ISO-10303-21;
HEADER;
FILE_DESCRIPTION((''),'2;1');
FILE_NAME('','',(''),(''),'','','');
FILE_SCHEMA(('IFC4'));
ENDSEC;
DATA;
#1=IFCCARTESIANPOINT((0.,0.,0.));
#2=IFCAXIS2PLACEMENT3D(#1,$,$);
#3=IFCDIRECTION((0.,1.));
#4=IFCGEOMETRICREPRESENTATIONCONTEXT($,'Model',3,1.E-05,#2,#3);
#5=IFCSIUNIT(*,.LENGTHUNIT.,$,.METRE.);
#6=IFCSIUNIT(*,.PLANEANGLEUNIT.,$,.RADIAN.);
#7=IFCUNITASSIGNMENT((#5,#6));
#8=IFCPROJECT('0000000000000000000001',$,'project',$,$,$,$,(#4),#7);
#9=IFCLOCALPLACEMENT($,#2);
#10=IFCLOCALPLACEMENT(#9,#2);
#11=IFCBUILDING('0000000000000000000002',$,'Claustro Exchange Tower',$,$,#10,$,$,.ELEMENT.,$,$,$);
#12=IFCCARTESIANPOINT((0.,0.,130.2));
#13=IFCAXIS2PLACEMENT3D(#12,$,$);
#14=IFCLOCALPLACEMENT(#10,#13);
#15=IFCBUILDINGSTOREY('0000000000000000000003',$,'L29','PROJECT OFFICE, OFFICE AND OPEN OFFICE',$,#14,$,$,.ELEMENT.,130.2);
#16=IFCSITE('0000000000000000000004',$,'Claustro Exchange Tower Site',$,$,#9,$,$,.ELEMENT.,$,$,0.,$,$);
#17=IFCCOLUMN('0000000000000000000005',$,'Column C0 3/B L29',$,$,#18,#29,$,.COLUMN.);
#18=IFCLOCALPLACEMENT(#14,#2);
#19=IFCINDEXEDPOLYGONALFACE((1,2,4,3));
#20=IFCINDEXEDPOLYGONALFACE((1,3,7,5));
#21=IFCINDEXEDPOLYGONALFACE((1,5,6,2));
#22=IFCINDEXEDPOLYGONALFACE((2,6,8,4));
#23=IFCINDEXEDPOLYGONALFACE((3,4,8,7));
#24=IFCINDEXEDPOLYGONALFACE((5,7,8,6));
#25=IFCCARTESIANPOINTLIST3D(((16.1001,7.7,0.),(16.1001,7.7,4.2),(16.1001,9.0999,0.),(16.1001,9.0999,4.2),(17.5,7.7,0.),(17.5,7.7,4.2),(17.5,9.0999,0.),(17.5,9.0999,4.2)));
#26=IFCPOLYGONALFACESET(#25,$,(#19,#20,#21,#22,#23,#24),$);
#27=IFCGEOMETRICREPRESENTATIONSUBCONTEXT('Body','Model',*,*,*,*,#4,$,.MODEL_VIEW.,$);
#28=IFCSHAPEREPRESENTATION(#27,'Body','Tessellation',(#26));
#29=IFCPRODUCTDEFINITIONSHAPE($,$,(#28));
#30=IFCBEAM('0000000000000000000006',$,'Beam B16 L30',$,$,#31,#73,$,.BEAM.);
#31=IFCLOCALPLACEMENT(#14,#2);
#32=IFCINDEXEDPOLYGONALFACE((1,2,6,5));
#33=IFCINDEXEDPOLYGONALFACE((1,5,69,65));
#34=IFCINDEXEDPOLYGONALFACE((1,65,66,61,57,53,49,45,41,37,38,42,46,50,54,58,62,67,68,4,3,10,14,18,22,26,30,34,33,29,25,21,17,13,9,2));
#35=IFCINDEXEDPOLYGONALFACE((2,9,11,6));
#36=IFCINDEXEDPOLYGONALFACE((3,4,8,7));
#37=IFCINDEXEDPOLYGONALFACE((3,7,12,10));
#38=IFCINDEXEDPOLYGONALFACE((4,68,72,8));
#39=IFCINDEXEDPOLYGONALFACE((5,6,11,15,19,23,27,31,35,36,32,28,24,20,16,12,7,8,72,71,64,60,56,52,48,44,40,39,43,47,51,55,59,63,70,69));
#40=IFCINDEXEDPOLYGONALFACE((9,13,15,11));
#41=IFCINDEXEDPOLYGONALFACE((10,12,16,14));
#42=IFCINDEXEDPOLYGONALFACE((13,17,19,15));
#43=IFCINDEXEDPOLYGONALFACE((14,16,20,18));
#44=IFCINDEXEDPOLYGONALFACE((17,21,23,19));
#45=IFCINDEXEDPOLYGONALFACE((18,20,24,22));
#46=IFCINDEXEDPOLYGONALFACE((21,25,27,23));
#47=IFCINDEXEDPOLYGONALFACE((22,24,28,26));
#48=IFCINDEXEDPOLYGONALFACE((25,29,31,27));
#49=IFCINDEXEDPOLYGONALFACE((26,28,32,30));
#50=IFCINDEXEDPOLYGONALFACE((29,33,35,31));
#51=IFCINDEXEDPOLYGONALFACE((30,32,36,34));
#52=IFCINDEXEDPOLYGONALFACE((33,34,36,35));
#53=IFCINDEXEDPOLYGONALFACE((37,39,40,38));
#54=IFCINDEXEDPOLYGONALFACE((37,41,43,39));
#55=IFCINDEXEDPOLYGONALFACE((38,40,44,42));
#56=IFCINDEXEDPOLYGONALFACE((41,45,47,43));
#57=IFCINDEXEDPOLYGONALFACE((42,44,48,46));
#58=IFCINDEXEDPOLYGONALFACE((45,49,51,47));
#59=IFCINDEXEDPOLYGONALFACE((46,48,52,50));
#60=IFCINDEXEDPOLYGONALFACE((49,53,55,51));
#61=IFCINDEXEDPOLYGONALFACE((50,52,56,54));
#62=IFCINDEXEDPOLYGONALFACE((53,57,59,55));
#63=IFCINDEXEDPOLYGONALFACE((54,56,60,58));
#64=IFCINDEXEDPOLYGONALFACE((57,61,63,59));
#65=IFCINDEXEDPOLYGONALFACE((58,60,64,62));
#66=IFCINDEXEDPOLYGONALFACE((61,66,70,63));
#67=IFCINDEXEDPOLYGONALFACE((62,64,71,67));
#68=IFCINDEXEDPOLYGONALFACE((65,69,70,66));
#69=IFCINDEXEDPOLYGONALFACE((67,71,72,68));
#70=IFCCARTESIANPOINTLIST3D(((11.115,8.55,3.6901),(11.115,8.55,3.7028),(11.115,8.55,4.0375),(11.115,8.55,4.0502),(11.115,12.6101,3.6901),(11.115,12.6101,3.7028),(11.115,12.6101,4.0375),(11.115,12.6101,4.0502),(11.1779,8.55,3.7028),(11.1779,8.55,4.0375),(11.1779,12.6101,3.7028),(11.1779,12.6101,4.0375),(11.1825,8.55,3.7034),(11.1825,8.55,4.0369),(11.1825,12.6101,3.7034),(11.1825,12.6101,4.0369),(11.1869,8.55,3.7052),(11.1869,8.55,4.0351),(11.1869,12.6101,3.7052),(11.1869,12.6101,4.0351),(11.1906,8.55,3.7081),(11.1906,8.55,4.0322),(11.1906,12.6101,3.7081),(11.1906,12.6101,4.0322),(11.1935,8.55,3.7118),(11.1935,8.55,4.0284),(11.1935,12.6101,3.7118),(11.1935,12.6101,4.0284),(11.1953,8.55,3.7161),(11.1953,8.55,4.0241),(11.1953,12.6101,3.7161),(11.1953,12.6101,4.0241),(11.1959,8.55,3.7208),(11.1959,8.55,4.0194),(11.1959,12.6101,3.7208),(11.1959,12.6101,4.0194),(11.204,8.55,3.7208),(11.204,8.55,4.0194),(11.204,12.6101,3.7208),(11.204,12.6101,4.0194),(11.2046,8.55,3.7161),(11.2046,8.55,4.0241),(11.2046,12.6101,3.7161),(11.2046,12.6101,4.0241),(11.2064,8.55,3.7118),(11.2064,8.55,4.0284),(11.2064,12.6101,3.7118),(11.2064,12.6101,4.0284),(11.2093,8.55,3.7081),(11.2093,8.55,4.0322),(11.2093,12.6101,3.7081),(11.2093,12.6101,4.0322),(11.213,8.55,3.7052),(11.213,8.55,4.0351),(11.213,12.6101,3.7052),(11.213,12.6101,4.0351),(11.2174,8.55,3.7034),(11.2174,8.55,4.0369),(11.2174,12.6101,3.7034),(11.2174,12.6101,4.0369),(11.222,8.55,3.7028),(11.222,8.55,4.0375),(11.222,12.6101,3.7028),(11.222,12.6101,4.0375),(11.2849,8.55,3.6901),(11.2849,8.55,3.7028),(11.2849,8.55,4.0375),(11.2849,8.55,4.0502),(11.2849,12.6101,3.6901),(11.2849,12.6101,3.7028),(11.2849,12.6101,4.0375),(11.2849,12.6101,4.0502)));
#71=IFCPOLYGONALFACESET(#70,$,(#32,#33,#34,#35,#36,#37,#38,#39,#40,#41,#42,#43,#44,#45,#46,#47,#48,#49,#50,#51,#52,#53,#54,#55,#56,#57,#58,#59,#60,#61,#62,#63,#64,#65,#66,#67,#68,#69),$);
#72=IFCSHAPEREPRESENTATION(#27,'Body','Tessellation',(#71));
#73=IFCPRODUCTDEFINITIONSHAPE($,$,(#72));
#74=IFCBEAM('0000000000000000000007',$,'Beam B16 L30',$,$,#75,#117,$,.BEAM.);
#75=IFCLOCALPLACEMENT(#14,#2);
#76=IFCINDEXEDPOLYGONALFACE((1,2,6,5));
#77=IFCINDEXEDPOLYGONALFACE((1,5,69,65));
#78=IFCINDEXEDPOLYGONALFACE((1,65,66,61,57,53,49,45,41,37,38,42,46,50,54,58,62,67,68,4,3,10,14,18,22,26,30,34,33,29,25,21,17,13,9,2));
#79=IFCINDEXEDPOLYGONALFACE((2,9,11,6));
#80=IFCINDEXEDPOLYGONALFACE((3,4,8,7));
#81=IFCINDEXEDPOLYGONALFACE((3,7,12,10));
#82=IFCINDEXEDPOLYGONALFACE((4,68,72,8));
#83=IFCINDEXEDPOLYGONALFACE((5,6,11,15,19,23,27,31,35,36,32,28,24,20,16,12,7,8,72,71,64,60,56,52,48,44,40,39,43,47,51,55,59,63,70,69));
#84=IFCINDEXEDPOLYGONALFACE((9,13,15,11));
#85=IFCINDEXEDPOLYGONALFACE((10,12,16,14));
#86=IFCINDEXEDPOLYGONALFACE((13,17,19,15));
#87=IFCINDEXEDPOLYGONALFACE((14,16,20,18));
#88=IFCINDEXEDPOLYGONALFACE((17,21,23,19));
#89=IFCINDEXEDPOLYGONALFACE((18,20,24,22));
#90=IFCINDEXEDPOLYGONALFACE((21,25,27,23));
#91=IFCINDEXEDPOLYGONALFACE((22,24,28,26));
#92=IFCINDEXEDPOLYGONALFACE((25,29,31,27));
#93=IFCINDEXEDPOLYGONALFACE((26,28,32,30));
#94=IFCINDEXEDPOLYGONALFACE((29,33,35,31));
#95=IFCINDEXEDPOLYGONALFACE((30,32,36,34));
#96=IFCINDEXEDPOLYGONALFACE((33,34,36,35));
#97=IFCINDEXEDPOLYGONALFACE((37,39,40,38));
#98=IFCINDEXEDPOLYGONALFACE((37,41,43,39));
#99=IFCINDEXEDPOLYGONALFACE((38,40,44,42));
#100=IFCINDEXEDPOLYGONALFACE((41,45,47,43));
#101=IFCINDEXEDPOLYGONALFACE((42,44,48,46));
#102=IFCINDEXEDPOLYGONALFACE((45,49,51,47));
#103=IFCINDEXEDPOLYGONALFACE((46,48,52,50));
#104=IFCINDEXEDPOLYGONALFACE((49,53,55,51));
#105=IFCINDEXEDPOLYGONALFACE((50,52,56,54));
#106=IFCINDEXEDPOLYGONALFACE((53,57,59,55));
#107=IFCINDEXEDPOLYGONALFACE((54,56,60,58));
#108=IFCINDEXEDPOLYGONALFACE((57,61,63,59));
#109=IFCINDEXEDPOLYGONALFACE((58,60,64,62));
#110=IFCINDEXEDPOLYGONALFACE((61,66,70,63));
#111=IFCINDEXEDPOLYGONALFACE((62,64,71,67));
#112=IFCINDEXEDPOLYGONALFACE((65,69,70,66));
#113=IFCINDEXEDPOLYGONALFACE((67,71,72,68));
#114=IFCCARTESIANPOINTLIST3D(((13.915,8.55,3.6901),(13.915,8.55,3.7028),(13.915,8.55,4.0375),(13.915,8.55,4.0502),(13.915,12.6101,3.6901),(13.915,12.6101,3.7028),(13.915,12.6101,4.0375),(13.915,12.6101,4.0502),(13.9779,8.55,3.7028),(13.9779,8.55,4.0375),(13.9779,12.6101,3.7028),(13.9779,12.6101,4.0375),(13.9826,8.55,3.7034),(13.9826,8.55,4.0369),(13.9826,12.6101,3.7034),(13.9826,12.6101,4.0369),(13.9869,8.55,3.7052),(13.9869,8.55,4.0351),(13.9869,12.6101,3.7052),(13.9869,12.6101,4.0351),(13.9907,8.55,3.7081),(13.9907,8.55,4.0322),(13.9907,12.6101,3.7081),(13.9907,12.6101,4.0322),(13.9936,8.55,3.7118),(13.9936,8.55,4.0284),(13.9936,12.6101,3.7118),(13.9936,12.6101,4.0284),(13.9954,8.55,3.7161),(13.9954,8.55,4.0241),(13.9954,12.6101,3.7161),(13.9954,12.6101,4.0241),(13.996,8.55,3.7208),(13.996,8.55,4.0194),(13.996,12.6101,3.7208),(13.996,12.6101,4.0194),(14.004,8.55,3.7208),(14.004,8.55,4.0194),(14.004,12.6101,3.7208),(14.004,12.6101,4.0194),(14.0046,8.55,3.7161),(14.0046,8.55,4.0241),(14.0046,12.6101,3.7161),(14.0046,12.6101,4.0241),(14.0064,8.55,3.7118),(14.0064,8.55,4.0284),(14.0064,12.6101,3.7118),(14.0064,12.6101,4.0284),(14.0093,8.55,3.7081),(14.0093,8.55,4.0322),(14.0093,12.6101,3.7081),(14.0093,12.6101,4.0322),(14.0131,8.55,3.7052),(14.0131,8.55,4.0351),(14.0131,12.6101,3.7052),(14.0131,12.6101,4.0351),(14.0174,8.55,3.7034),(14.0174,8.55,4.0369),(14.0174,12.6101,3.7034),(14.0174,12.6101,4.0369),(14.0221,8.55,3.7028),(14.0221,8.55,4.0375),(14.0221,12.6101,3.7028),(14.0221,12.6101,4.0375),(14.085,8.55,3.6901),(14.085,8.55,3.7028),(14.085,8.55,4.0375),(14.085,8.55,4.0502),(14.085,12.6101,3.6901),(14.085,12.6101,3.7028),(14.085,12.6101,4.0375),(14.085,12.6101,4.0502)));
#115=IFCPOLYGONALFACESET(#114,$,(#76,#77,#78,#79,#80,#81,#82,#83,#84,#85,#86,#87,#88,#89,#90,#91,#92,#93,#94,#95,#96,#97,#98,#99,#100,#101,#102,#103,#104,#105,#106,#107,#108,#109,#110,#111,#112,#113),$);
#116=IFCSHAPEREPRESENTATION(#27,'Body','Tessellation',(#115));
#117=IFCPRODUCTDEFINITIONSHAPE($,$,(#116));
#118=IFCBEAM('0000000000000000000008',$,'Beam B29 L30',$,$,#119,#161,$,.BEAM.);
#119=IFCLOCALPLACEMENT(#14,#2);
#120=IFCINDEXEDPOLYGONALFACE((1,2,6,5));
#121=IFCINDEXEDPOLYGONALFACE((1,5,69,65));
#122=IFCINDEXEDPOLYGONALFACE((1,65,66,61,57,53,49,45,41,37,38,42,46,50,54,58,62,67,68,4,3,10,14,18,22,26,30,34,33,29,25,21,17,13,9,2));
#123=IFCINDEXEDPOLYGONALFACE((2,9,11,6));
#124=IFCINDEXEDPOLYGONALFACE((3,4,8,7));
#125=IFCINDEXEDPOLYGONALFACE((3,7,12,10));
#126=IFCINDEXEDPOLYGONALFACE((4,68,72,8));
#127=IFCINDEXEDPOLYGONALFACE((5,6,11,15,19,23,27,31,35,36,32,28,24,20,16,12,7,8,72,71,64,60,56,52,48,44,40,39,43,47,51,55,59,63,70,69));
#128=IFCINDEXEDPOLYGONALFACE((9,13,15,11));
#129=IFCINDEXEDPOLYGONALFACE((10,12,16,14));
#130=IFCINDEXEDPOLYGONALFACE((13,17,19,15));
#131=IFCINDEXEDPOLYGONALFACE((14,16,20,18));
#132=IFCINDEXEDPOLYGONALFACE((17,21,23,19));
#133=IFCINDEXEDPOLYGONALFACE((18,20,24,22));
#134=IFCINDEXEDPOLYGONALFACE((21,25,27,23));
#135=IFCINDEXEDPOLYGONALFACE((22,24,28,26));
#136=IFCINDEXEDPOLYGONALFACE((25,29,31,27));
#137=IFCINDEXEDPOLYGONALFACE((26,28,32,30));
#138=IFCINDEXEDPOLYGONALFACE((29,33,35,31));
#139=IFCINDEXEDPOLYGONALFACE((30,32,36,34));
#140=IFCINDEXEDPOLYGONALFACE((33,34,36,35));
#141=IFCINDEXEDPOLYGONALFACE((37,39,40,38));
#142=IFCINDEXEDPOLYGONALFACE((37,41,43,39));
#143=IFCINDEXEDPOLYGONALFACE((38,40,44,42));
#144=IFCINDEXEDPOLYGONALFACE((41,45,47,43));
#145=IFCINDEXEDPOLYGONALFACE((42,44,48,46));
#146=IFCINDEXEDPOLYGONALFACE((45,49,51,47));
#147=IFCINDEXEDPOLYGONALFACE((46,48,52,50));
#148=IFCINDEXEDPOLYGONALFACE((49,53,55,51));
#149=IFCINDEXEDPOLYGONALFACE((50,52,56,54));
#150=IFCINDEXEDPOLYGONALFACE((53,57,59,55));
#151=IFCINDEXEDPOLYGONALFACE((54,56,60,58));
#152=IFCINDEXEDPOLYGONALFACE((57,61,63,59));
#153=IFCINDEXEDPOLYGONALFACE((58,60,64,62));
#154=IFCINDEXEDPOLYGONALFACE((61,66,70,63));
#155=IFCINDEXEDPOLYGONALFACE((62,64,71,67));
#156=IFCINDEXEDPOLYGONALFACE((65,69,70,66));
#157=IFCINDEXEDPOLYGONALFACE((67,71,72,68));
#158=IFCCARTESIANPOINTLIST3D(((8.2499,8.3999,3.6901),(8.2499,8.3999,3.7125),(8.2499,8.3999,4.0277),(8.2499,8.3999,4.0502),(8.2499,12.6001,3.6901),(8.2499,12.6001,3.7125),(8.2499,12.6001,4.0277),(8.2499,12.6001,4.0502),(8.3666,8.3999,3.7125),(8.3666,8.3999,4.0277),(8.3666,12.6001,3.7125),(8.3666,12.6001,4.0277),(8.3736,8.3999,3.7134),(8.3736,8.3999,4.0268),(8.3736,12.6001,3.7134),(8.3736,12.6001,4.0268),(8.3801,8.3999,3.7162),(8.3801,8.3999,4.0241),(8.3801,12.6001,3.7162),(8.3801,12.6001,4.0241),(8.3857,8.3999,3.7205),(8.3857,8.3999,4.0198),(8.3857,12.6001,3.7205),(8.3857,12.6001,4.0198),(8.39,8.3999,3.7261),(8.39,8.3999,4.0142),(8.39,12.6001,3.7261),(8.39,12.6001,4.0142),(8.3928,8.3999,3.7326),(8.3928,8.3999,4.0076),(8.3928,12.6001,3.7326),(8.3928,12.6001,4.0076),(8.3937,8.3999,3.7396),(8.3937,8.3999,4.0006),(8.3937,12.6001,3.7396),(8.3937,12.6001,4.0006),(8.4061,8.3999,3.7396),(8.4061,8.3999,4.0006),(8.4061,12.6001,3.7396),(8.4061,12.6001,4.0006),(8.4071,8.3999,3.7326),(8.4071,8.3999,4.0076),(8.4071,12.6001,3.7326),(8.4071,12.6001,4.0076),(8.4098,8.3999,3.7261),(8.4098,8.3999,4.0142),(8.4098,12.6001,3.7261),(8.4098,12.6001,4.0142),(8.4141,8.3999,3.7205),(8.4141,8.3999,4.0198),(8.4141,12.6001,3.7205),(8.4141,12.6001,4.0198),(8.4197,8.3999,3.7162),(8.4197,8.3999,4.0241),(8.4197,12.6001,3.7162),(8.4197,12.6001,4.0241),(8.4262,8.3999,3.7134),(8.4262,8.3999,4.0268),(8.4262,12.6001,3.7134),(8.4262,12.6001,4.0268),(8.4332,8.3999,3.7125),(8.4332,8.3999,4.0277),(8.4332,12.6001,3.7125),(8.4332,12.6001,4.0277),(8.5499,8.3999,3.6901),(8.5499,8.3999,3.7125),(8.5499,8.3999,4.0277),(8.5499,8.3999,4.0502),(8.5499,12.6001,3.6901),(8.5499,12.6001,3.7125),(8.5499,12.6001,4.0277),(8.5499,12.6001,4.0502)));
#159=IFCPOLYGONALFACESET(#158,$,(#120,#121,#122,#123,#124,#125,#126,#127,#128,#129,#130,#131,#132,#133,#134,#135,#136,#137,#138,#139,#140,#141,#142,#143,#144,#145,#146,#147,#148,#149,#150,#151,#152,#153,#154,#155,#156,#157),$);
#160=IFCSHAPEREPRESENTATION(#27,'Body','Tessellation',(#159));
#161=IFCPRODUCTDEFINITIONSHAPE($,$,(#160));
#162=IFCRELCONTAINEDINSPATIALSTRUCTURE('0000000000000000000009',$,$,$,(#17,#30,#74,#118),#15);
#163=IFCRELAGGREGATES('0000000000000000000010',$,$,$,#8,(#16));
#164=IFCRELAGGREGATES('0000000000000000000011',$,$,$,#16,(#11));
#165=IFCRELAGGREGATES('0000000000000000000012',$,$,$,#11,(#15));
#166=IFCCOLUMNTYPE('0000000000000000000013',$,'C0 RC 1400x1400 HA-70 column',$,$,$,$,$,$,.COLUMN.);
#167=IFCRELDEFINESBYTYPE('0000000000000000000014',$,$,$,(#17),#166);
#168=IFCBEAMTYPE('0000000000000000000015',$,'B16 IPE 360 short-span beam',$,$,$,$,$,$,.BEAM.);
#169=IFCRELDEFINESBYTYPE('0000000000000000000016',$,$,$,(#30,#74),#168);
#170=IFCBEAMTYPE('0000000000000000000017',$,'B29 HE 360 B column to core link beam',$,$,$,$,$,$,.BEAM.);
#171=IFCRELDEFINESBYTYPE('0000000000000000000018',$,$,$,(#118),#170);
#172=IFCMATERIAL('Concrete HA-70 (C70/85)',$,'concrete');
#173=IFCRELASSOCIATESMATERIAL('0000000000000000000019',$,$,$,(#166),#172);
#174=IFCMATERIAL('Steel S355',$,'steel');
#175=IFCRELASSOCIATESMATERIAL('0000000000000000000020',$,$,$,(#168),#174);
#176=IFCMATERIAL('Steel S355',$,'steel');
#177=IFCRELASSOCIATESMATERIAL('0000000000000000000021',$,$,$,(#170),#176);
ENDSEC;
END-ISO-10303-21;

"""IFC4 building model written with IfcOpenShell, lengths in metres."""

from ifc_helpers import new_model, si_unit, direction, frame, origin, origin_2d, place, context, subcontext, project, spatial, rectangle, i_section, extrude, material, material_profile, profile_set, type_object, element, save


model = new_model("IFC4")

# Units and contexts
model_context = context("Model", 3, precision=1e-05, world=origin(), true_north=direction((0.0, 1.0)))
body_context = subcontext(model_context, "Body", "Model", "MODEL_VIEW")
ifc_project = project(units=[si_unit("LENGTHUNIT", "METRE"), si_unit("PLANEANGLEUNIT", "RADIAN")], contexts=[model_context])

# Site, building, storey
site_placement = place(None, origin())
site = spatial("IfcSite", under=ifc_project, at=site_placement, Name="Claustro Exchange Tower Site", CompositionType="ELEMENT", RefElevation=0.0)
building_placement = place(site_placement, origin())
building = spatial("IfcBuilding", under=site, at=building_placement, Name="Claustro Exchange Tower", CompositionType="ELEMENT")
storey_placement = place(building_placement, frame((0.0, 0.0, 130.2)))
storey = spatial("IfcBuildingStorey", under=building, at=storey_placement, Name="L29", Description="PROJECT OFFICE, OFFICE AND OPEN OFFICE", CompositionType="ELEMENT", Elevation=130.2)

# Column
ifc_material_1 = material(Name="Concrete HA-70 (C70/85)", Category="concrete")
ifc_material_profile_1 = material_profile(ifc_material_1, rectangle(XDim=1.3999, YDim=1.3999, at=origin_2d()), Name="RC 1400x1400")
ifc_profile_set_1 = profile_set([ifc_material_profile_1], Name="Concrete HA-70 (C70/85)")
column_type = type_object("IfcColumnType", Name="C0 RC 1400x1400 HA-70 column", PredefinedType="COLUMN", material=ifc_profile_set_1)
column_placement = place(storey_placement, frame((16.8, 8.3999, 0.0), z_axis=(0.0, 0.0, 1.0), x_axis=(1.0, 0.0, 0.0)))
element("IfcColumn", 1, at=column_placement, inside=storey, type_object=column_type, Name="Column C0 3/B L29", PredefinedType="COLUMN", context=body_context, shape_type="SweptSolid", body=[
    extrude(rectangle(XDim=1.3999, YDim=1.3999, at=origin_2d()), origin(), (0.0, 0.0, 1.0), 4.2),
])

# Beams
ifc_material_2 = material(Name="Steel S355", Category="steel")
ifc_material_profile_2 = material_profile(ifc_material_2, i_section(OverallWidth=0.1699, OverallDepth=0.3601, WebThickness=0.0081, FlangeThickness=0.0127, FilletRadius=0.0181, at=origin_2d()), Name="IPE 360")
ifc_profile_set_2 = profile_set([ifc_material_profile_2], Name="Steel S355")
beam_type_1 = type_object("IfcBeamType", Name="B16 IPE 360 short-span beam", PredefinedType="BEAM", material=ifc_profile_set_2)
for number, where, z_axis, x_axis, name in (
    (2, (11.2, 8.55, 3.8701), (0.0, 1.0, 0.0), (-1.0, 0.0, 0.0), "Beam B16 L30"),
    (3, (14.0, 8.55, 3.8701), (0.0, 1.0, 0.0), (-1.0, 0.0, 0.0), "Beam B16 L30"),
):
    element("IfcBeam", number, at=place(storey_placement, frame(where, z_axis=z_axis, x_axis=x_axis)), inside=storey, type_object=beam_type_1, Name=name, PredefinedType="BEAM", context=body_context, shape_type="SweptSolid", body=[
        extrude(i_section(OverallWidth=0.1699, OverallDepth=0.3601, WebThickness=0.0081, FlangeThickness=0.0127, FilletRadius=0.0181, at=origin_2d()), origin(), (0.0, 0.0, 1.0), 4.0601),
    ])
ifc_material_3 = material(Name="Steel S355", Category="steel")
ifc_material_profile_3 = material_profile(ifc_material_3, i_section(OverallWidth=0.3, OverallDepth=0.3601, WebThickness=0.0125, FlangeThickness=0.0225, FilletRadius=0.0271, at=origin_2d()), Name="HE 360 B")
ifc_profile_set_3 = profile_set([ifc_material_profile_3], Name="Steel S355")
beam_type_2 = type_object("IfcBeamType", Name="B29 HE 360 B column to core link beam", PredefinedType="BEAM", material=ifc_profile_set_3)
for number, where, z_axis, x_axis, name in (
    (4, (8.3999, 8.3999, 3.8701), (0.0, 1.0, 0.0), (-1.0, 0.0, 0.0), "Beam B29 L30"),
):
    element("IfcBeam", number, at=place(storey_placement, frame(where, z_axis=z_axis, x_axis=x_axis)), inside=storey, type_object=beam_type_2, Name=name, PredefinedType="BEAM", context=body_context, shape_type="SweptSolid", body=[
        extrude(i_section(OverallWidth=0.3, OverallDepth=0.3601, WebThickness=0.0125, FlangeThickness=0.0225, FilletRadius=0.0271, at=origin_2d()), origin(), (0.0, 0.0, 1.0), 4.2002),
    ])

save(model, "model.ifc")
